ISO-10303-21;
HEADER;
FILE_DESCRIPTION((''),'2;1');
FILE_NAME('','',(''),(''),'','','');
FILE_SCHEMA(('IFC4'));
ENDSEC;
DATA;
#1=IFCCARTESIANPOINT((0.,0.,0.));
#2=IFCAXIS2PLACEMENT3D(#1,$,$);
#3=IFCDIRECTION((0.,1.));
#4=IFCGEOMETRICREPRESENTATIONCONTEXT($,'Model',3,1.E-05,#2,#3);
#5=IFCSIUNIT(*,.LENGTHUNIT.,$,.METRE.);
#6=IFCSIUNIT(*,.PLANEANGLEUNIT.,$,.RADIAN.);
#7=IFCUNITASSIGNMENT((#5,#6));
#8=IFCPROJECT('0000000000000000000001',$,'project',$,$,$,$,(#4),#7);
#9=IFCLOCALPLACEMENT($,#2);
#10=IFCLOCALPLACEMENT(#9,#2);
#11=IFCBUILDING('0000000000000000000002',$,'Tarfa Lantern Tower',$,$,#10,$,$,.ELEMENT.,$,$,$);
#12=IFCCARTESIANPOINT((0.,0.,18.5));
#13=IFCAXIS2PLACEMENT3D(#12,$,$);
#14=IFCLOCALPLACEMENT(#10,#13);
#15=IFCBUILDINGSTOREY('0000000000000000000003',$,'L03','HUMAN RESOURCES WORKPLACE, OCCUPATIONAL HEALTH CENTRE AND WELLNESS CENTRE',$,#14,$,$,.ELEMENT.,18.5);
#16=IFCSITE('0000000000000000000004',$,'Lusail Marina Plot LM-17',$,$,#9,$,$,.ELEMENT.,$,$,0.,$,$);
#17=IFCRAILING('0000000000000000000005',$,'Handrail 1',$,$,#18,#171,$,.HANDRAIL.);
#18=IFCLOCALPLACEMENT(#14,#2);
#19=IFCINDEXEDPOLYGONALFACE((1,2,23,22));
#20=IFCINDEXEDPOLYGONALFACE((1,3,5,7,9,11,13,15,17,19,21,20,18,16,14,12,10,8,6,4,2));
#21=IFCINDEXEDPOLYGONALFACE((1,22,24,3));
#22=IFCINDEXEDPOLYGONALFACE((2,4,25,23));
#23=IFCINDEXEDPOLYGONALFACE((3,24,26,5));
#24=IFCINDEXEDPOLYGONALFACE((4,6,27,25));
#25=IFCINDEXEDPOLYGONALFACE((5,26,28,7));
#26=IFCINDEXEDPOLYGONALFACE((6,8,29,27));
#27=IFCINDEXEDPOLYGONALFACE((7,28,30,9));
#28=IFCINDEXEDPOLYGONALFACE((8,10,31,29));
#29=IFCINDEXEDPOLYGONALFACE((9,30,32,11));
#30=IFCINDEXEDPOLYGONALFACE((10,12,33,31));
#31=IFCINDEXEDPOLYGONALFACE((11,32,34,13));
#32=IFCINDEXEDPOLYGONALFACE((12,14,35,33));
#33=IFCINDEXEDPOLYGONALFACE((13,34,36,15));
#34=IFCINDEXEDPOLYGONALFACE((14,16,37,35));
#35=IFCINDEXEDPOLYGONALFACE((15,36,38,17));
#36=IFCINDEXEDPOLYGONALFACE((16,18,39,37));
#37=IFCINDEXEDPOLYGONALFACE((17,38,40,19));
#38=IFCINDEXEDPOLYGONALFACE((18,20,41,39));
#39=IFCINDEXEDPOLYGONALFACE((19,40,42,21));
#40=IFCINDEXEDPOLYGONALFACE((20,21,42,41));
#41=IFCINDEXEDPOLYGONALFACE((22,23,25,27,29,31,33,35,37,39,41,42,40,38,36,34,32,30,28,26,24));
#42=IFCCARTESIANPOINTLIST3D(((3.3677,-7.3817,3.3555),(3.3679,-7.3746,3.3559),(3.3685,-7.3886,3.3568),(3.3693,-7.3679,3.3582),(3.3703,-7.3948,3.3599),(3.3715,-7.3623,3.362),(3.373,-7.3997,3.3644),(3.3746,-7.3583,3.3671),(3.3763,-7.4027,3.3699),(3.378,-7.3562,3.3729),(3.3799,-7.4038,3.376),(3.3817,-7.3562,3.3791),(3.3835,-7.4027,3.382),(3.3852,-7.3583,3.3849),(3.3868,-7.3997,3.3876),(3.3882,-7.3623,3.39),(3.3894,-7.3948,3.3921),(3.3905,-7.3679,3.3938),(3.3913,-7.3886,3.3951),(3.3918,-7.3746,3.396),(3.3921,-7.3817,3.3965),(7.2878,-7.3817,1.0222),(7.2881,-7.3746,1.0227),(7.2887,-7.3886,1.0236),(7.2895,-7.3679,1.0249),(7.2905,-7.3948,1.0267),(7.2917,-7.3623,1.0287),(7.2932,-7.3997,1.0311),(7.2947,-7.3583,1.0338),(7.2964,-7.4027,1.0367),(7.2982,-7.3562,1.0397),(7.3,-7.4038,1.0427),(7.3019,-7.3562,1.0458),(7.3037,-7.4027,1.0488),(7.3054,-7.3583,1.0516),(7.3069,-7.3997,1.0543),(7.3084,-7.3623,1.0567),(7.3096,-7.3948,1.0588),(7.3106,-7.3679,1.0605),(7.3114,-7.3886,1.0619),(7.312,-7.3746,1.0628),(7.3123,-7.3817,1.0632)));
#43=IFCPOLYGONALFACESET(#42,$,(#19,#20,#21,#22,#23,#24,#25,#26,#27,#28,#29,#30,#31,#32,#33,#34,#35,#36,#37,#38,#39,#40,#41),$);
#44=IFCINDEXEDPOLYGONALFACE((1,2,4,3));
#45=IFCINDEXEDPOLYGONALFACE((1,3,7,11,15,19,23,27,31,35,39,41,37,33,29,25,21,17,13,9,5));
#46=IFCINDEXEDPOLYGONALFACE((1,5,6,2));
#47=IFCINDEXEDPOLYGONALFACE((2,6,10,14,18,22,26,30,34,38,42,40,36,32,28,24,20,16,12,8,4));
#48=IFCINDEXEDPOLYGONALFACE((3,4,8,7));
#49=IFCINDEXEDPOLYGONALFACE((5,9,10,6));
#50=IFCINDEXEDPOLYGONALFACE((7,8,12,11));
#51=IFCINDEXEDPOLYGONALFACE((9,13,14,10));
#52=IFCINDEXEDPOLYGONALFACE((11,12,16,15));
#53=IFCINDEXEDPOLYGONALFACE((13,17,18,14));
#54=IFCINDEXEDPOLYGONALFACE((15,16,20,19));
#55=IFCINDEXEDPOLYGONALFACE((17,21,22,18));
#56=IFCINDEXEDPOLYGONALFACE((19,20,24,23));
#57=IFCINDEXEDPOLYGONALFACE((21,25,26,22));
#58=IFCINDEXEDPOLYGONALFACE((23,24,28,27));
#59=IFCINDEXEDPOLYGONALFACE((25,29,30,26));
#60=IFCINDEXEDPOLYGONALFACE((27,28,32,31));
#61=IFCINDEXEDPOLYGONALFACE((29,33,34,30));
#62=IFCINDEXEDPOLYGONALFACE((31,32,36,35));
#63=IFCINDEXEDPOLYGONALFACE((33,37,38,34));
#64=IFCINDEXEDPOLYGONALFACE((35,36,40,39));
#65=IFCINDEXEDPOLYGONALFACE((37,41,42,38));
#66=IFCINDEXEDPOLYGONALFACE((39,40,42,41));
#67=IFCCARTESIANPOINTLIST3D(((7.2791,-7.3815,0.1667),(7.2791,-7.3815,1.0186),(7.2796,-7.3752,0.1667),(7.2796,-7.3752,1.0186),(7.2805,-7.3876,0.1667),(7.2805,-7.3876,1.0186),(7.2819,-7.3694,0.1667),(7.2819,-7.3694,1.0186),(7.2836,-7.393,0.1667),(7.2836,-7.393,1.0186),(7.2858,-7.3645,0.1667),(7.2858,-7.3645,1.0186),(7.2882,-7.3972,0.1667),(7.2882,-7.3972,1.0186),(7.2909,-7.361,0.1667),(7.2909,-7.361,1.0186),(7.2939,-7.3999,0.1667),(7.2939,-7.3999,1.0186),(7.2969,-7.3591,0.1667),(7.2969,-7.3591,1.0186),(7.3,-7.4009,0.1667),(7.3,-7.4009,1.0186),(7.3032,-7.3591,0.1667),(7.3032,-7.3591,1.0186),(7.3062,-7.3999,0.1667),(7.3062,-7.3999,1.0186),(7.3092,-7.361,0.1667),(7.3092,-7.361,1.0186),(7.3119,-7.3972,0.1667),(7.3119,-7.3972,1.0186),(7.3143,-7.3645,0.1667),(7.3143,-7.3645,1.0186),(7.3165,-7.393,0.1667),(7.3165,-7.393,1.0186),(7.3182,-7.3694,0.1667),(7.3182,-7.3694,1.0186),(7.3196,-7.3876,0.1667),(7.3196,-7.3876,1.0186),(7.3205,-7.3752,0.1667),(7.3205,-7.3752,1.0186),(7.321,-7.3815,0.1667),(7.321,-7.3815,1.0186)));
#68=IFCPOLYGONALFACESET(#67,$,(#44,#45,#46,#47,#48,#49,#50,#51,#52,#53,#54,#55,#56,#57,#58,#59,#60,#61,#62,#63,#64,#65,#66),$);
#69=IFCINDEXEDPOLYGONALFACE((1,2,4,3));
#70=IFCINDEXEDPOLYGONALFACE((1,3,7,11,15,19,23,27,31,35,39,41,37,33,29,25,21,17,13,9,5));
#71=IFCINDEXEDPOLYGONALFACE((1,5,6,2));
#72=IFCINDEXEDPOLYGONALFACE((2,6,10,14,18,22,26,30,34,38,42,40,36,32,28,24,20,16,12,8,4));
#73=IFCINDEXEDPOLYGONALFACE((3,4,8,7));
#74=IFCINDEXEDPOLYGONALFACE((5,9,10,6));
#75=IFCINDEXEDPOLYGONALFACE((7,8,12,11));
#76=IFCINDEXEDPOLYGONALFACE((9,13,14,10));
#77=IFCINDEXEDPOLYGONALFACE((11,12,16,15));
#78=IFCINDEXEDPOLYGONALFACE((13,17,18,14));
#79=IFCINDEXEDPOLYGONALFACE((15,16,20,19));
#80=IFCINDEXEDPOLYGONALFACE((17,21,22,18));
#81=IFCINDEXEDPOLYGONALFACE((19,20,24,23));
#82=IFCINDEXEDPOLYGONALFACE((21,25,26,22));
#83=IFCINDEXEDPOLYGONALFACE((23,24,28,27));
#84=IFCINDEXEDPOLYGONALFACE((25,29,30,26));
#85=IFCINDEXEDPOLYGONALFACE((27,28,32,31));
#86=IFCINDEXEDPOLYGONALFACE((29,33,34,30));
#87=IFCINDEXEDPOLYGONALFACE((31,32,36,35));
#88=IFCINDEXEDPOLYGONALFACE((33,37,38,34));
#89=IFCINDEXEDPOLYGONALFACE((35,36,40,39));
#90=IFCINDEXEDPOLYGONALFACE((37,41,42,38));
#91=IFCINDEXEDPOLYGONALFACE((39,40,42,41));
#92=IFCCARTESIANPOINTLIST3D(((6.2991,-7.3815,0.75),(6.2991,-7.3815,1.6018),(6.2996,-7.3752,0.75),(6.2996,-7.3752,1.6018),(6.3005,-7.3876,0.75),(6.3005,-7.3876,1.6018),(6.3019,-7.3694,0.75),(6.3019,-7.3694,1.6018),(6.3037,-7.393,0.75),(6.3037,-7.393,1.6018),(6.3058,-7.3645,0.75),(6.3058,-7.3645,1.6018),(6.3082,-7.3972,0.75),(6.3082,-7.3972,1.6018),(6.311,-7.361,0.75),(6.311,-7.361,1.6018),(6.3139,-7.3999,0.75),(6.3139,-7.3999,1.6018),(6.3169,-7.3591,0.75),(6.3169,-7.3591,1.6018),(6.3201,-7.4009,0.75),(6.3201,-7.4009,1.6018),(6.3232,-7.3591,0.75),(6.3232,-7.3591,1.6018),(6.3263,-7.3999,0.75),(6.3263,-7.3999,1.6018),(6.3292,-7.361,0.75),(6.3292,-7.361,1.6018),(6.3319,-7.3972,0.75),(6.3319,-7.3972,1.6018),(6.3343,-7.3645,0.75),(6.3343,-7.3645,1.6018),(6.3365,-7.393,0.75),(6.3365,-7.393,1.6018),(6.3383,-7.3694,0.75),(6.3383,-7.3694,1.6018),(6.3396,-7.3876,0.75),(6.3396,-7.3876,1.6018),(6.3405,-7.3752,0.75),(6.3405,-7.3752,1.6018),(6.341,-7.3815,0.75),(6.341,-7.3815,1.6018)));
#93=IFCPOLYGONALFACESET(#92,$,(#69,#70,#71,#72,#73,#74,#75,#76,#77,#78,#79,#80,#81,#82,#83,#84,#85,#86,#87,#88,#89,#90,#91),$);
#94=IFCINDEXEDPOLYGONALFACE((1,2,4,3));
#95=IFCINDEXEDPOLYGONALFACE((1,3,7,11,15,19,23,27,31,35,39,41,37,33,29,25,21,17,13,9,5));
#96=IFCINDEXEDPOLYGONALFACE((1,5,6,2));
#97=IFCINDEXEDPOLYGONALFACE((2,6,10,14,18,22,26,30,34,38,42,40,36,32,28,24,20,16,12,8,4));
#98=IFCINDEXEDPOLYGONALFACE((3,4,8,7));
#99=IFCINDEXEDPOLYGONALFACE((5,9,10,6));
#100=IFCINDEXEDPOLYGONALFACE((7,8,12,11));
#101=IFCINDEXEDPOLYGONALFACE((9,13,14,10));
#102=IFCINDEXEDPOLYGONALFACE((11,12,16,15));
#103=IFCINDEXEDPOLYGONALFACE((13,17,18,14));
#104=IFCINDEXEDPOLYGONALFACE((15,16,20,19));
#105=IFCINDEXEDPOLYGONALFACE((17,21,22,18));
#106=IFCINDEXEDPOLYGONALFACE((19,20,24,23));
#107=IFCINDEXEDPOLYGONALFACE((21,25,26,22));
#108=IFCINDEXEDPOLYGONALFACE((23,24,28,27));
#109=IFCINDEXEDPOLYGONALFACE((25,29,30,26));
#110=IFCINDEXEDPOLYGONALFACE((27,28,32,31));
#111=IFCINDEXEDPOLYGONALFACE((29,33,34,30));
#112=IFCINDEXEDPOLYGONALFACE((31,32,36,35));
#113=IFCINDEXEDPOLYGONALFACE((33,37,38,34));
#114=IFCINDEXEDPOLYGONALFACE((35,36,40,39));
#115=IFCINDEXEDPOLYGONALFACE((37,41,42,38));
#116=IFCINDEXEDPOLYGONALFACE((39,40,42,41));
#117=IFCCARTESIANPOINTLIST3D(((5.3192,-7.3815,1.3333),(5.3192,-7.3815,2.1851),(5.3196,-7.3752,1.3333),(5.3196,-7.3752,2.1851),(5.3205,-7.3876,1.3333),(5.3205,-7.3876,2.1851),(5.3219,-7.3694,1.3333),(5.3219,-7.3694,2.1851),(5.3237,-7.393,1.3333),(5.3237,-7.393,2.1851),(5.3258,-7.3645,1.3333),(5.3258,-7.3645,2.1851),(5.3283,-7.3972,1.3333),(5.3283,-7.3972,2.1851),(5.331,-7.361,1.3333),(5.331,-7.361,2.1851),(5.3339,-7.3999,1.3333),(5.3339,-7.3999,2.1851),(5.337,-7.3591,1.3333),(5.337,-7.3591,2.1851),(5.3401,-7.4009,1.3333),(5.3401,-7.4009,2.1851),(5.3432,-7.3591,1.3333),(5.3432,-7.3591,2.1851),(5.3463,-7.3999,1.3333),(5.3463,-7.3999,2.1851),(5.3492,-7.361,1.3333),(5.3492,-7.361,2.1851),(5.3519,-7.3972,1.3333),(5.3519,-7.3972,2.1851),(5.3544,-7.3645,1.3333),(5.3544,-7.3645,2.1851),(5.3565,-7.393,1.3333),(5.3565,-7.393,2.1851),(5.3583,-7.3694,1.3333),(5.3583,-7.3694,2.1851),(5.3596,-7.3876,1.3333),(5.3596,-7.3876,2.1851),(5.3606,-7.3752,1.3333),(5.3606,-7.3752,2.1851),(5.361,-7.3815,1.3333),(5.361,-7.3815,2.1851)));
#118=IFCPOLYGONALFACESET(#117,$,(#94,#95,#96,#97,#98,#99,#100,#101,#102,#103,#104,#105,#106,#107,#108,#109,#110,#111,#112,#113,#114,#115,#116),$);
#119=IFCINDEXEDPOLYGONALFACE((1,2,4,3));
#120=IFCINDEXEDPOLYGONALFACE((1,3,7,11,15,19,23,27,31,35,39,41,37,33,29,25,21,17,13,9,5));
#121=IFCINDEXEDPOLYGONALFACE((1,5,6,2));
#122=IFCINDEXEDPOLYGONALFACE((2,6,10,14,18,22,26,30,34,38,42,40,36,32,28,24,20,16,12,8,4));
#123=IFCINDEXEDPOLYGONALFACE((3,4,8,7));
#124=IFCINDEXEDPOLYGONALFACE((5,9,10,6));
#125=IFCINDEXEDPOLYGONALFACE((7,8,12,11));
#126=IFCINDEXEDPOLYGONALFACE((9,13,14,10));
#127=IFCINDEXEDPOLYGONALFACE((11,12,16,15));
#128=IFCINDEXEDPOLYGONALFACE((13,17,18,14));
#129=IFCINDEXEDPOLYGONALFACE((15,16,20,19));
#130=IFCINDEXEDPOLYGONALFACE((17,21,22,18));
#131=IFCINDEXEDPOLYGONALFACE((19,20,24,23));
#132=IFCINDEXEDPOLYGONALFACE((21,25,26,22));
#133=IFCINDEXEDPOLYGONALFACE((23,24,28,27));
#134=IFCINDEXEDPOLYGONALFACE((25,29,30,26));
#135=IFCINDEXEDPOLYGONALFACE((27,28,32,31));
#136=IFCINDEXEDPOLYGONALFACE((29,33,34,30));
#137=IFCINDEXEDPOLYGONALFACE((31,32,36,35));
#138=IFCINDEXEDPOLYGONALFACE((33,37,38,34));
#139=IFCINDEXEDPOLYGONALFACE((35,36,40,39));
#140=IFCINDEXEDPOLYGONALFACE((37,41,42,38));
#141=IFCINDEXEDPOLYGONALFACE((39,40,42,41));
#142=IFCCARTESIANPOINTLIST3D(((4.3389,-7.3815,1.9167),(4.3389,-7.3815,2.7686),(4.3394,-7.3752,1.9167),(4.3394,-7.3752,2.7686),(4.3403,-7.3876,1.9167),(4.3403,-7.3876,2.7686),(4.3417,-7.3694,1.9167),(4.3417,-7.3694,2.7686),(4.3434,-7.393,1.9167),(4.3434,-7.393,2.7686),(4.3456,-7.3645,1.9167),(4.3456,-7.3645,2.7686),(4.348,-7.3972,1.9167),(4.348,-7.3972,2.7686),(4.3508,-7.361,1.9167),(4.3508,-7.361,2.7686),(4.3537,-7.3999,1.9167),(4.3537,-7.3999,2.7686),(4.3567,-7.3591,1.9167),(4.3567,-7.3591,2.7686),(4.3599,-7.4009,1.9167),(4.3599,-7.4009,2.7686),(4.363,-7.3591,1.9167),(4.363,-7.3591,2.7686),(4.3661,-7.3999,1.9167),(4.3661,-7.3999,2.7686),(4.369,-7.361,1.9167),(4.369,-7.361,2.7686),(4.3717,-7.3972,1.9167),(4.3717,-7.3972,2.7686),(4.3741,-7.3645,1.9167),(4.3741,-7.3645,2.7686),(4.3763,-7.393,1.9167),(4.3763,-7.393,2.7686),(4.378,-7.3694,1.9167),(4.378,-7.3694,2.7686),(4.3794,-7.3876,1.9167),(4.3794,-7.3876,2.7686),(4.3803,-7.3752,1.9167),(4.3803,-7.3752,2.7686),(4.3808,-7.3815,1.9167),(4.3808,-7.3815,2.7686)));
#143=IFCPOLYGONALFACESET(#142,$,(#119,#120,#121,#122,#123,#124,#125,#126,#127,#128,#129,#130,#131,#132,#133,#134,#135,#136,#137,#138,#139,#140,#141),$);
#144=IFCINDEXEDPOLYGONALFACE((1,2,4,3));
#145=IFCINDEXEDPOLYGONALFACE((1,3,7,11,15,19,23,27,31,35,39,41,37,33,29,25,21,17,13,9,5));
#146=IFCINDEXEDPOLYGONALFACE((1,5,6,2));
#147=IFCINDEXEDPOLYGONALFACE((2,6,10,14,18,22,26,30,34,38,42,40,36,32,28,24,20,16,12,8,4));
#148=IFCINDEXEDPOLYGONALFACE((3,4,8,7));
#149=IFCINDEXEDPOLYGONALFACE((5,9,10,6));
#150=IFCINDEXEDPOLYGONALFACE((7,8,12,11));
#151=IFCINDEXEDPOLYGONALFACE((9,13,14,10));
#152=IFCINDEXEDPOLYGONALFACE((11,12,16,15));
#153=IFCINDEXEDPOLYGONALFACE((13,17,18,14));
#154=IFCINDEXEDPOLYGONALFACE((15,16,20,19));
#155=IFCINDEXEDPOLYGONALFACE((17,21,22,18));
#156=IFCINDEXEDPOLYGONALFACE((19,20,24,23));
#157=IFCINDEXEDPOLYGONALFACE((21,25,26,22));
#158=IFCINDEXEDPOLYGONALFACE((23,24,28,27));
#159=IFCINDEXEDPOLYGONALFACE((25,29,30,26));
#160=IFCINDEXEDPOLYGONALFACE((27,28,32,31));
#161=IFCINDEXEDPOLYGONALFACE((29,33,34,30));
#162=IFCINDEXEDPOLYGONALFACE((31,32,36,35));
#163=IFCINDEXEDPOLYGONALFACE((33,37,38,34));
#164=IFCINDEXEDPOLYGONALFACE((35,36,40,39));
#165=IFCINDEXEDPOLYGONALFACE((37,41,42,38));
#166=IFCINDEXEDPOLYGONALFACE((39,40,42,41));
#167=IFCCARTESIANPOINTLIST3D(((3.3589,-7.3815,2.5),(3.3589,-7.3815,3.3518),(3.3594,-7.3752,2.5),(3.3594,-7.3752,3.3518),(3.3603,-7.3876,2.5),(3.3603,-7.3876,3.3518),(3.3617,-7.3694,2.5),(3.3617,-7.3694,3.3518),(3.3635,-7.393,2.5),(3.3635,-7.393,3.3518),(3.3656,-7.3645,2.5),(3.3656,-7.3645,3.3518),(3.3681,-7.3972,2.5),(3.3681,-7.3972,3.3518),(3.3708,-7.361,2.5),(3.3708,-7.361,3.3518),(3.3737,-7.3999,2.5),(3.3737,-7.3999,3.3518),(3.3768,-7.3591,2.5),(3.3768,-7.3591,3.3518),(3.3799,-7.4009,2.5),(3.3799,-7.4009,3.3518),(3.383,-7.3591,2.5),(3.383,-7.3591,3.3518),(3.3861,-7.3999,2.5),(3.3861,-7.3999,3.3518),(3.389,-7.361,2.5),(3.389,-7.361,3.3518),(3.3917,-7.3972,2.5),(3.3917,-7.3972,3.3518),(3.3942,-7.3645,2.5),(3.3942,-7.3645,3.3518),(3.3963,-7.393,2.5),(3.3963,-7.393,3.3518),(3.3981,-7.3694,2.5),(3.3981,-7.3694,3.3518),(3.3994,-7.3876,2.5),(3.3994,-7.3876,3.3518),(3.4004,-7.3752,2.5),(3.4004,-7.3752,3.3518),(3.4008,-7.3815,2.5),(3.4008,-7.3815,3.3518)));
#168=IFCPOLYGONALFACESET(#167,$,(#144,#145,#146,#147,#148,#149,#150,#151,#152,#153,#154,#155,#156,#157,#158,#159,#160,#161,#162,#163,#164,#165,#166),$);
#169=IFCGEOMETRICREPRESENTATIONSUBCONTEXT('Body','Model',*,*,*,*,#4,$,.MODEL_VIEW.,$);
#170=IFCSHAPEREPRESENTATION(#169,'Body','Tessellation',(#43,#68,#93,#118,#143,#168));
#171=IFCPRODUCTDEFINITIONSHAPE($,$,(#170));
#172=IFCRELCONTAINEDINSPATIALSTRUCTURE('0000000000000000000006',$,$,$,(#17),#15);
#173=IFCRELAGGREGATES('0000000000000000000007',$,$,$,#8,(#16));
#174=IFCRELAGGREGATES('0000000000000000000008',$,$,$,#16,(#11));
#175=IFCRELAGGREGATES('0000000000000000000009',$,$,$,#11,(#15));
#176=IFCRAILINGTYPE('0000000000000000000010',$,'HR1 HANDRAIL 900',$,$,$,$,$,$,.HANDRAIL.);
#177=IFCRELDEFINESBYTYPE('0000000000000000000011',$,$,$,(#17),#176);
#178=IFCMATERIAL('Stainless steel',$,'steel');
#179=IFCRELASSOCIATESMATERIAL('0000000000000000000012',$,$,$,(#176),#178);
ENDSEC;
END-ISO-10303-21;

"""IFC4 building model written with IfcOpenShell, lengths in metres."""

from ifc_helpers import new_model, si_unit, direction, frame, origin, origin_2d, place, context, subcontext, project, spatial, circle, extrude, material, type_object, element, save


model = new_model("IFC4")

# Units and contexts
model_context = context("Model", 3, precision=1e-05, world=origin(), true_north=direction((0.0, 1.0)))
body_context = subcontext(model_context, "Body", "Model", "MODEL_VIEW")
ifc_project = project(units=[si_unit("LENGTHUNIT", "METRE"), si_unit("PLANEANGLEUNIT", "RADIAN")], contexts=[model_context])

# Site, building, storey
site_placement = place(None, origin())
site = spatial("IfcSite", under=ifc_project, at=site_placement, Name="Lusail Marina Plot LM-17", CompositionType="ELEMENT", RefElevation=0.0)
building_placement = place(site_placement, origin())
building = spatial("IfcBuilding", under=site, at=building_placement, Name="Tarfa Lantern Tower", CompositionType="ELEMENT")
storey_placement = place(building_placement, frame((0.0, 0.0, 18.5)))
storey = spatial("IfcBuildingStorey", under=building, at=storey_placement, Name="L03", Description="HUMAN RESOURCES WORKPLACE, OCCUPATIONAL HEALTH CENTRE AND WELLNESS CENTRE", CompositionType="ELEMENT", Elevation=18.5)

# Railing
ifc_material_1 = material(Name="Stainless steel", Category="steel")
railing_type = type_object("IfcRailingType", Name="HR1 HANDRAIL 900", PredefinedType="HANDRAIL", material=ifc_material_1)
railing_placement = place(storey_placement, frame((7.3, -7.3799, 0.1667)))
element("IfcRailing", 1, at=railing_placement, inside=storey, type_object=railing_type, Name="Handrail 1", PredefinedType="HANDRAIL", context=body_context, shape_type="SweptSolid", body=[
    extrude(circle(Radius=0.0239, at=origin_2d()), frame((0.0, 0.0, 0.876), z_axis=(-0.85931, 0.0, 0.511455), x_axis=(0.0, -1.0, 0.0)), (0.0, 0.0, 1.0), 4.562),
    extrude(circle(Radius=0.021, at=origin_2d()), frame((0.0, 0.0, 0.0), z_axis=(0.0, 0.0, 1.0), x_axis=(0.0, -1.0, 0.0)), (0.0, 0.0, 1.0), 0.8518),
    extrude(circle(Radius=0.021, at=origin_2d()), frame((-0.98, 0.0, 0.5833), z_axis=(0.0, 0.0, 1.0), x_axis=(0.0, -1.0, 0.0)), (0.0, 0.0, 1.0), 0.8518),
    extrude(circle(Radius=0.021, at=origin_2d()), frame((-1.96, 0.0, 1.1665), z_axis=(0.0, 0.0, 1.0), x_axis=(0.0, -1.0, 0.0)), (0.0, 0.0, 1.0), 0.8518),
    extrude(circle(Radius=0.021, at=origin_2d()), frame((-2.9402, 0.0, 1.75), z_axis=(0.0, 0.0, 1.0), x_axis=(0.0, -1.0, 0.0)), (0.0, 0.0, 1.0), 0.8518),
    extrude(circle(Radius=0.021, at=origin_2d()), frame((-3.9202, 0.0, 2.3333), z_axis=(0.0, 0.0, 1.0), x_axis=(0.0, -1.0, 0.0)), (0.0, 0.0, 1.0), 0.8518),
])

save(model, "model.ifc")
